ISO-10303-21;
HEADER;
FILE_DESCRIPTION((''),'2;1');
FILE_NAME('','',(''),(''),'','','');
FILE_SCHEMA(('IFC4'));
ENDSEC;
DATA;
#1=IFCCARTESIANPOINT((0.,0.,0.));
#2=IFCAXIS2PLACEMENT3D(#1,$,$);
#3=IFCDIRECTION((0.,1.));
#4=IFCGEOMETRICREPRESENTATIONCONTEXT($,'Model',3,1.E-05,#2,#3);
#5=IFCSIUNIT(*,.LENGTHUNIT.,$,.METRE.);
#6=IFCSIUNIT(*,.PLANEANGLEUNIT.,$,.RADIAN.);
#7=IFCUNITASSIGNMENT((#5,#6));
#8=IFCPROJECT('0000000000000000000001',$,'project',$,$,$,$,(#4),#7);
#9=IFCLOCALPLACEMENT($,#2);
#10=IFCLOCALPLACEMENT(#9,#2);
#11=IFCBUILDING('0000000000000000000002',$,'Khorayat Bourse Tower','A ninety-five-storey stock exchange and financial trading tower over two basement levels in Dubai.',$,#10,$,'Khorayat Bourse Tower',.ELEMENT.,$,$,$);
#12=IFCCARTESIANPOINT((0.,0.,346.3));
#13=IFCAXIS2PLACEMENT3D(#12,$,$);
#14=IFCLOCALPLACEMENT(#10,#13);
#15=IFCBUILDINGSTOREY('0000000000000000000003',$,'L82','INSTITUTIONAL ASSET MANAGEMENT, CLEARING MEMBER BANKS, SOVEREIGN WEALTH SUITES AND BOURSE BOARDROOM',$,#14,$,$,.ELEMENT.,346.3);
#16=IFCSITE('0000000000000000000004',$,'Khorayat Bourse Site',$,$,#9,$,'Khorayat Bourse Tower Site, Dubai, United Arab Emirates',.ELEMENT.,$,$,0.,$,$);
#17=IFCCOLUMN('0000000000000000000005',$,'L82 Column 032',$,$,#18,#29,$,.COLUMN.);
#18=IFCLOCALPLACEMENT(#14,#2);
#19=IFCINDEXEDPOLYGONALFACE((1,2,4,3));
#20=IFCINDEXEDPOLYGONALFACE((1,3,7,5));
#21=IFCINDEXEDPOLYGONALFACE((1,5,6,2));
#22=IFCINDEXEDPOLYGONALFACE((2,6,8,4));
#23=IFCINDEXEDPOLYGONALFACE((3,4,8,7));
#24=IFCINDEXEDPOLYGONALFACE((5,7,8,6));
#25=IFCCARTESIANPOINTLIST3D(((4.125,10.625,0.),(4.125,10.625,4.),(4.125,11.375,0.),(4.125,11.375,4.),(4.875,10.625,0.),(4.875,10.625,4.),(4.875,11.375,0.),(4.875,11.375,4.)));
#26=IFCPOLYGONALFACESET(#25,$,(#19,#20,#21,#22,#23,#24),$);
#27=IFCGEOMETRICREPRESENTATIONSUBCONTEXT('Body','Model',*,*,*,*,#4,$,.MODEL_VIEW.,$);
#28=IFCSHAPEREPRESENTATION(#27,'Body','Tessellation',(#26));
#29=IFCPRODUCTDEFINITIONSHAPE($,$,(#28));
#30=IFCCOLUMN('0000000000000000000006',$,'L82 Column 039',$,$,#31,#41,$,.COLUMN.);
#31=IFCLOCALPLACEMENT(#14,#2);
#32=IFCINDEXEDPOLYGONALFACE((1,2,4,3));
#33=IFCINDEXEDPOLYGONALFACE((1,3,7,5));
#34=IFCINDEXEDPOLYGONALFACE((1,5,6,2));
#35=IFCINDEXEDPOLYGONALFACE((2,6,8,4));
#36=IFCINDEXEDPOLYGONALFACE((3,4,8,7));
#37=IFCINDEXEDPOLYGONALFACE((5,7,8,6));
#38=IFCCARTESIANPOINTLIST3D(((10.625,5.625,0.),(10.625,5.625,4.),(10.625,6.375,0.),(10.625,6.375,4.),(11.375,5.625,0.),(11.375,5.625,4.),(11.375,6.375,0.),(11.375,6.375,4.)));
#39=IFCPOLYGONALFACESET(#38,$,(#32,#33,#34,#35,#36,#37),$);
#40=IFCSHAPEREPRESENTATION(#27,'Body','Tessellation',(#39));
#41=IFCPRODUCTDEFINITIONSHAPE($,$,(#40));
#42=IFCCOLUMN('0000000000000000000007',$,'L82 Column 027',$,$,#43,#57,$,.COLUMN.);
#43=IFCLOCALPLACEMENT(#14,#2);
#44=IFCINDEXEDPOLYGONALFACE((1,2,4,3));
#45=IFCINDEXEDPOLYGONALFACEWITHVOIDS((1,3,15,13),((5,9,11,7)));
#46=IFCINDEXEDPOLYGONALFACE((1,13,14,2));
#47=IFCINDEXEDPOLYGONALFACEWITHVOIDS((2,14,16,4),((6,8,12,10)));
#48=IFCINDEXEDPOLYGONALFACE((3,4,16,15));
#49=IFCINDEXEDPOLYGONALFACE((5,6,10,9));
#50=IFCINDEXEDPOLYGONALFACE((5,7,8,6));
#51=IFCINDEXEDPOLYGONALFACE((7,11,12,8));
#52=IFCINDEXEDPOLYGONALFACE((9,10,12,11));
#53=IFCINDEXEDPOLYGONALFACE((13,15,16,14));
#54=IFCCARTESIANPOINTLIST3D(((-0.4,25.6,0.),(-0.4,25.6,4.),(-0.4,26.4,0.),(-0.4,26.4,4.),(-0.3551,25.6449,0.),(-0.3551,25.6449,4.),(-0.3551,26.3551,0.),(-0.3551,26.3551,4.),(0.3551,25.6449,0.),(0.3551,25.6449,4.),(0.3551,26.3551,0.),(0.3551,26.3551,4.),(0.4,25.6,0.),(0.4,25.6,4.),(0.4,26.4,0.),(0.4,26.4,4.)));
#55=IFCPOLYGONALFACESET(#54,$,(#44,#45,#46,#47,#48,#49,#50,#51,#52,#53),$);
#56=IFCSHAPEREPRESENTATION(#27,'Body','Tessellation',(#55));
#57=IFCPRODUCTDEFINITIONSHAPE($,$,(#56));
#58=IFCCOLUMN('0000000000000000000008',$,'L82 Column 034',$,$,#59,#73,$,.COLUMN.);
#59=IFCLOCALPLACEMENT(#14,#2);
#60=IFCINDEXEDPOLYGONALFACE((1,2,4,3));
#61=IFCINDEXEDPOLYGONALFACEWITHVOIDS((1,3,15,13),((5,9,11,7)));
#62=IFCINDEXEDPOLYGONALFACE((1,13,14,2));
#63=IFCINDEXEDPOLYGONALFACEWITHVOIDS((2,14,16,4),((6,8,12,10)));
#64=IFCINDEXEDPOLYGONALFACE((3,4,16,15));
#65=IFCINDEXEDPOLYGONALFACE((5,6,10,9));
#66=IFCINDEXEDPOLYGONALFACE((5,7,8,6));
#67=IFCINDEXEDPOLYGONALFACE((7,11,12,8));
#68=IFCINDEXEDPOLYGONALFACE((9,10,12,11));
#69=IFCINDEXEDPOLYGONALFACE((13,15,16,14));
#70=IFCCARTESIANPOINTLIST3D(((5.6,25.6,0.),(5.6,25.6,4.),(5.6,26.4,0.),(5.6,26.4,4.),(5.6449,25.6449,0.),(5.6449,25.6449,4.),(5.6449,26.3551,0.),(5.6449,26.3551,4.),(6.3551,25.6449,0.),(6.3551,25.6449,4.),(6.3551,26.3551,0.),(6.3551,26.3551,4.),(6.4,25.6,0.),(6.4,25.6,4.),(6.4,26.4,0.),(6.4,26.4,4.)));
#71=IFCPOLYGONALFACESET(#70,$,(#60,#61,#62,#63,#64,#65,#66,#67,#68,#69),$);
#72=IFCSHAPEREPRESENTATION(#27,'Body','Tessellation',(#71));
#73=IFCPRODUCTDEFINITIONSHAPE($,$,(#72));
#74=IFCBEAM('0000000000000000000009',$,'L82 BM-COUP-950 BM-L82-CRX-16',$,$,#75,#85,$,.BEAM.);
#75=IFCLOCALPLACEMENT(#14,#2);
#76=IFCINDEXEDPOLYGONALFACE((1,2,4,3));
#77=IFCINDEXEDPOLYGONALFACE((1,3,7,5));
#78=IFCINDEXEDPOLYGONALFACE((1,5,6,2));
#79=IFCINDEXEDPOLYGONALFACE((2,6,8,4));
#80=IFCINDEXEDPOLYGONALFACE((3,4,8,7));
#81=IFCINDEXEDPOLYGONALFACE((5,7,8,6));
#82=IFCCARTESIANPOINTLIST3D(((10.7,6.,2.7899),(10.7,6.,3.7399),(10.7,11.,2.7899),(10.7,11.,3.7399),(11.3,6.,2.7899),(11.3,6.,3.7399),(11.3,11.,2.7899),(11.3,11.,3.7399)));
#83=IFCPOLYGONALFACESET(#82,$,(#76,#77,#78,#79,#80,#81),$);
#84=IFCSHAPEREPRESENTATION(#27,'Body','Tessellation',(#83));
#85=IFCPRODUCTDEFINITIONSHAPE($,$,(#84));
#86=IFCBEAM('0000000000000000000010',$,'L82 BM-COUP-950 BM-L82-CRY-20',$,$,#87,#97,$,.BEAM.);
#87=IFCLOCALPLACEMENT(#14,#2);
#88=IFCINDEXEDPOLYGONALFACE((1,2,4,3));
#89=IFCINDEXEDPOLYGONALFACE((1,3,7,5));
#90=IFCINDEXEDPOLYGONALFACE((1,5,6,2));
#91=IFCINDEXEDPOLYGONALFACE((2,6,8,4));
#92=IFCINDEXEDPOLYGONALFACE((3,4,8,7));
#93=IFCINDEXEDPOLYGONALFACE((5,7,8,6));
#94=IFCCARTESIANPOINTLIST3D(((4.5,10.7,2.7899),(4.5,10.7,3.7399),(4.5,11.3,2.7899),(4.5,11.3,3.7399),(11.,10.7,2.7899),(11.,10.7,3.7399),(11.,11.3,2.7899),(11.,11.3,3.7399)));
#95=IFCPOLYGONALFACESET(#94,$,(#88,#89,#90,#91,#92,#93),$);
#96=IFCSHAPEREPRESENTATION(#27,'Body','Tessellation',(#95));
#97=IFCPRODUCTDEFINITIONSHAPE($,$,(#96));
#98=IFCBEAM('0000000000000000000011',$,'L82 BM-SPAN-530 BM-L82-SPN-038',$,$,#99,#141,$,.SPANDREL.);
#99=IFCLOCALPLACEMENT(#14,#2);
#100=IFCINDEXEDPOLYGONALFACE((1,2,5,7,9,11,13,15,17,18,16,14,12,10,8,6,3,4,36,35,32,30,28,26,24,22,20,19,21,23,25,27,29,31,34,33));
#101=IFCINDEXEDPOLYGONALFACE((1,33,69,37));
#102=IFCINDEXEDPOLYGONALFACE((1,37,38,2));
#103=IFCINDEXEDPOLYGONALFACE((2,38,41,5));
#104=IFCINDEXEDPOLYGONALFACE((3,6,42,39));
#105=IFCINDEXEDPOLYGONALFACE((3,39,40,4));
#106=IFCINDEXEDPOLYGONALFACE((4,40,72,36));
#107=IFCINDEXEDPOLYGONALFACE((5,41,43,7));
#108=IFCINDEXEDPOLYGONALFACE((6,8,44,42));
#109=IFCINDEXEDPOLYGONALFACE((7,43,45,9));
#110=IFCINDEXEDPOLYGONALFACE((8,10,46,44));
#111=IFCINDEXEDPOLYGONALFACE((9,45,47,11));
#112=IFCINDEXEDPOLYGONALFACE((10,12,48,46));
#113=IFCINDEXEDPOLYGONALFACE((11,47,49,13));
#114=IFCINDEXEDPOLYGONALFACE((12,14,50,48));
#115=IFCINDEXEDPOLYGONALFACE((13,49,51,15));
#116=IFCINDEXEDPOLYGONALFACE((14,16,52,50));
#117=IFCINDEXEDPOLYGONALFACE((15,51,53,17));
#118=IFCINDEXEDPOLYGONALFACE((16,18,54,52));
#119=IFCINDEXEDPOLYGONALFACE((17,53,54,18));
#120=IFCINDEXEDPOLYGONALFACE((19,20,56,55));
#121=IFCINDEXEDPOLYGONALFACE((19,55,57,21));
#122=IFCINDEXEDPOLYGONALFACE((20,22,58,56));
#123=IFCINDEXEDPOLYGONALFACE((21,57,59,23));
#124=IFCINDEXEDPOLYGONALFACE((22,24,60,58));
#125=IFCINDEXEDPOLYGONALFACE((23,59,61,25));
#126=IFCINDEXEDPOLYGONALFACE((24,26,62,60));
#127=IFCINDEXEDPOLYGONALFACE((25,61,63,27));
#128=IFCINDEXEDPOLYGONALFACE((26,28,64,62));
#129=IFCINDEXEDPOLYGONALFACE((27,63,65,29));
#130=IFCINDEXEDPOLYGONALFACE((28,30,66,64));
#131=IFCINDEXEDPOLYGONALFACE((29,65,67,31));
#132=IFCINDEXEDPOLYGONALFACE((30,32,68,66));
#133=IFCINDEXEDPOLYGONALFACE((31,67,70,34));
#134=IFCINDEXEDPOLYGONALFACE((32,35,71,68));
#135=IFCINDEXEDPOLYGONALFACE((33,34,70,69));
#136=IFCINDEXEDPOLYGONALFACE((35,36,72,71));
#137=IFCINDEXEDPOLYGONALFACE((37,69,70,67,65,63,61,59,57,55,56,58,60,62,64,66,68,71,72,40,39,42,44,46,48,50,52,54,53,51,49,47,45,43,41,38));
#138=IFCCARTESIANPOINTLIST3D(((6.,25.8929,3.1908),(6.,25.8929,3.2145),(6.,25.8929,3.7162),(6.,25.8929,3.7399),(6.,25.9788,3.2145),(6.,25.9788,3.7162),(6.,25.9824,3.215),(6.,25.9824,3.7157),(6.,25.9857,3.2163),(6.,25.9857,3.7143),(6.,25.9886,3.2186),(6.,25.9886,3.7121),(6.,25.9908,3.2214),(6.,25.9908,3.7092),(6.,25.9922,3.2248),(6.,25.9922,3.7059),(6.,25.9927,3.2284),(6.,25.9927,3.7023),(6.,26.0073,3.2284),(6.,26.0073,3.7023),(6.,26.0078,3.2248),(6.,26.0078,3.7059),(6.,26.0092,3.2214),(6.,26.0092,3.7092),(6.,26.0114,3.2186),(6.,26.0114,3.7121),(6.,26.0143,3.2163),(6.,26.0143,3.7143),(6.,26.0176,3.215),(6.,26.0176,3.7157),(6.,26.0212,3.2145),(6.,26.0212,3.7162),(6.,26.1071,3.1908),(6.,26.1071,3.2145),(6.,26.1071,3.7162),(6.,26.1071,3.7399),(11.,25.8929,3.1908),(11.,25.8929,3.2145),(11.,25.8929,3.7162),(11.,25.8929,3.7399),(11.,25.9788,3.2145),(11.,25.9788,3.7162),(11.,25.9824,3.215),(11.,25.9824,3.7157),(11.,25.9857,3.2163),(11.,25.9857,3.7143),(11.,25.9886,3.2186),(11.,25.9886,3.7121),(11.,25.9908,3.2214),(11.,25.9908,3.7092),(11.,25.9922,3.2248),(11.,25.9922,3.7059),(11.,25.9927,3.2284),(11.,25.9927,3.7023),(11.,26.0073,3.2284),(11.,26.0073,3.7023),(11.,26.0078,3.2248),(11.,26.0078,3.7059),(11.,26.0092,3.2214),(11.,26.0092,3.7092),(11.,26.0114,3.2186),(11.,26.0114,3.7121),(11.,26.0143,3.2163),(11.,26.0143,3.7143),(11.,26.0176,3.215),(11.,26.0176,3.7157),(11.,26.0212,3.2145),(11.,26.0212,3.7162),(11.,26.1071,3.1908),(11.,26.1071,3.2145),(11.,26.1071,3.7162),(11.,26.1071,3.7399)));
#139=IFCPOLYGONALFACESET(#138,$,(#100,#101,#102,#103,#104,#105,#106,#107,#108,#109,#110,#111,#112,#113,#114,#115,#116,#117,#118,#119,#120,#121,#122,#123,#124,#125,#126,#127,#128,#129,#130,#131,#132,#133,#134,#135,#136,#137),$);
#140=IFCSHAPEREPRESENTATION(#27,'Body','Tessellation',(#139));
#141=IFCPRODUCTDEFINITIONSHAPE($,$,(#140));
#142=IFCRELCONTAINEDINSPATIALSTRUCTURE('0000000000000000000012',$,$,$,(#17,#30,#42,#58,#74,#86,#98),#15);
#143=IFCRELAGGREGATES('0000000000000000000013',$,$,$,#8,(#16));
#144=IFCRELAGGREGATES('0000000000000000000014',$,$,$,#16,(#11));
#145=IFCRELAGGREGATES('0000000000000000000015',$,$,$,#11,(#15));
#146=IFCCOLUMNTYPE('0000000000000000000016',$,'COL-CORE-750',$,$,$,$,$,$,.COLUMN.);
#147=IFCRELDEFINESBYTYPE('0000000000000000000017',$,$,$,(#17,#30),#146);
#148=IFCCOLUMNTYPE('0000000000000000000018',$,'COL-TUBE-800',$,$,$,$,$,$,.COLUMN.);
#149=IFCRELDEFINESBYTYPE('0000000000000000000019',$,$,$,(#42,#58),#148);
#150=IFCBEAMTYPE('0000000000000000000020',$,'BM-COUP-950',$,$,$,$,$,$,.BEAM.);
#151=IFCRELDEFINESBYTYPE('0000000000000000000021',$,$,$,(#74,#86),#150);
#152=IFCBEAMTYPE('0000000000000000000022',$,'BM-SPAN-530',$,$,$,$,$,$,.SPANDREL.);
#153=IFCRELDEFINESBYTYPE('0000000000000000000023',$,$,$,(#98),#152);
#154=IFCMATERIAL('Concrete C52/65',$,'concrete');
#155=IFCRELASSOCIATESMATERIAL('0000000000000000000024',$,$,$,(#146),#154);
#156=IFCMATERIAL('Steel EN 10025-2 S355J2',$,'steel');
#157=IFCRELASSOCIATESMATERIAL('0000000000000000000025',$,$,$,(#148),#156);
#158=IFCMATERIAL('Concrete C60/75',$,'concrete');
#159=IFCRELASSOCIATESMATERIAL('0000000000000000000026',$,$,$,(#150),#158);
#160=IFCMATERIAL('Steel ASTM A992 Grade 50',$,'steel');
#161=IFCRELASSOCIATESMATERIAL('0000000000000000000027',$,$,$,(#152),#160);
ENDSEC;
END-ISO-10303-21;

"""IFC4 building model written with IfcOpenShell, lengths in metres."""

from ifc_helpers import new_model, si_unit, direction, frame, origin, origin_2d, place, context, subcontext, project, spatial, rectangle, hollow_rectangle, i_section, extrude, source, transform, mapped, material, material_profile, profile_set, type_object, element, save


model = new_model("IFC4")

# Units and contexts
model_context = context("Model", 3, precision=1e-05, world=origin(), true_north=direction((0.0, 1.0)))
body_context = subcontext(model_context, "Body", "Model", "MODEL_VIEW")
ifc_project = project(units=[si_unit("LENGTHUNIT", "METRE"), si_unit("PLANEANGLEUNIT", "RADIAN")], contexts=[model_context])

# Site, building, storey
site_placement = place(None, origin())
site = spatial("IfcSite", under=ifc_project, at=site_placement, Name="Khorayat Bourse Site", LongName="Khorayat Bourse Tower Site, Dubai, United Arab Emirates", CompositionType="ELEMENT", RefElevation=0.0)
building_placement = place(site_placement, origin())
building = spatial("IfcBuilding", under=site, at=building_placement, Name="Khorayat Bourse Tower", Description="A ninety-five-storey stock exchange and financial trading tower over two basement levels in Dubai.", LongName="Khorayat Bourse Tower", CompositionType="ELEMENT")
storey_placement = place(building_placement, frame((0.0, 0.0, 346.3)))
storey = spatial("IfcBuildingStorey", under=building, at=storey_placement, Name="L82", Description="INSTITUTIONAL ASSET MANAGEMENT, CLEARING MEMBER BANKS, SOVEREIGN WEALTH SUITES AND BOURSE BOARDROOM", CompositionType="ELEMENT", Elevation=346.3)

# Columns
ifc_material_1 = material(Name="Concrete C52/65", Category="concrete")
ifc_material_profile_1 = material_profile(ifc_material_1, rectangle(XDim=0.75, YDim=0.75, at=origin_2d()), Name="RC 750x750")
ifc_profile_set_1 = profile_set([ifc_material_profile_1], Name="Concrete C52/65")
column_type_1 = type_object("IfcColumnType", Name="COL-CORE-750", PredefinedType="COLUMN", material=ifc_profile_set_1)
shared_shape_1 = source(origin(), body_context, "Body", "SweptSolid", [
    extrude(rectangle(XDim=0.75, YDim=0.75, at=origin_2d()), origin(), (0.0, 0.0, 1.0), 4.0),
])
for number, where, z_axis, x_axis, name in (
    (1, (4.5, 11.0, 0.0), (0.0, 0.0, 1.0), (1.0, 0.0, 0.0), "L82 Column 032"),
    (2, (11.0, 6.0, 0.0), (0.0, 0.0, 1.0), (1.0, 0.0, 0.0), "L82 Column 039"),
):
    element("IfcColumn", number, at=place(storey_placement, frame(where, z_axis=z_axis, x_axis=x_axis)), inside=storey, type_object=column_type_1, Name=name, PredefinedType="COLUMN", context=body_context, shape_type="MappedRepresentation", body=[
        mapped(shared_shape_1, transform((0.0, 0.0, 0.0), scale=1.0)),
    ])
ifc_material_2 = material(Name="Steel EN 10025-2 S355J2", Category="steel")
ifc_material_profile_2 = material_profile(ifc_material_2, hollow_rectangle(XDim=0.8, YDim=0.8, WallThickness=0.0449, at=origin_2d()), Name="BOX 800x800x45")
ifc_profile_set_2 = profile_set([ifc_material_profile_2], Name="Steel EN 10025-2 S355J2")
column_type_2 = type_object("IfcColumnType", Name="COL-TUBE-800", PredefinedType="COLUMN", material=ifc_profile_set_2)
shared_shape_2 = source(origin(), body_context, "Body", "SweptSolid", [
    extrude(hollow_rectangle(XDim=0.8, YDim=0.8, WallThickness=0.0449, at=origin_2d()), origin(), (0.0, 0.0, 1.0), 4.0),
])
for number, where, z_axis, x_axis, name in (
    (3, (0.0, 26.0, 0.0), (0.0, 0.0, 1.0), (1.0, 0.0, 0.0), "L82 Column 027"),
    (4, (6.0, 26.0, 0.0), (0.0, 0.0, 1.0), (1.0, 0.0, 0.0), "L82 Column 034"),
):
    element("IfcColumn", number, at=place(storey_placement, frame(where, z_axis=z_axis, x_axis=x_axis)), inside=storey, type_object=column_type_2, Name=name, PredefinedType="COLUMN", context=body_context, shape_type="MappedRepresentation", body=[
        mapped(shared_shape_2, transform((0.0, 0.0, 0.0), scale=1.0)),
    ])

# Beams
ifc_material_3 = material(Name="Concrete C60/75", Category="concrete")
ifc_material_profile_3 = material_profile(ifc_material_3, rectangle(XDim=0.6001, YDim=0.95, at=origin_2d()), Name="RC 600x950")
ifc_profile_set_3 = profile_set([ifc_material_profile_3], Name="Concrete C60/75")
beam_type_1 = type_object("IfcBeamType", Name="BM-COUP-950", PredefinedType="BEAM", material=ifc_profile_set_3)
shared_shape_3 = source(origin(), body_context, "Body", "SweptSolid", [
    extrude(rectangle(XDim=0.6001, YDim=0.95, at=origin_2d()), origin(), (0.0, 0.0, 1.0), 5.0),
])
beam_1_placement = place(storey_placement, frame((11.0, 6.0, 3.2649), z_axis=(0.0, 1.0, 0.0), x_axis=(-1.0, 0.0, 0.0)))
element("IfcBeam", 5, at=beam_1_placement, inside=storey, type_object=beam_type_1, Name="L82 BM-COUP-950 BM-L82-CRX-16", PredefinedType="BEAM", context=body_context, shape_type="MappedRepresentation", body=[
    mapped(shared_shape_3, transform((0.0, 0.0, 0.0), scale=1.0)),
])
shared_shape_4 = source(origin(), body_context, "Body", "SweptSolid", [
    extrude(rectangle(XDim=0.6001, YDim=0.95, at=origin_2d()), origin(), (0.0, 0.0, 1.0), 6.5),
])
beam_2_placement = place(storey_placement, frame((4.5, 11.0, 3.2649), z_axis=(1.0, 0.0, 0.0), x_axis=(0.0, 1.0, 0.0)))
element("IfcBeam", 6, at=beam_2_placement, inside=storey, type_object=beam_type_1, Name="L82 BM-COUP-950 BM-L82-CRY-20", PredefinedType="BEAM", context=body_context, shape_type="MappedRepresentation", body=[
    mapped(shared_shape_4, transform((0.0, 0.0, 0.0), scale=1.0)),
])
ifc_material_4 = material(Name="Steel ASTM A992 Grade 50", Category="steel")
ifc_material_profile_4 = material_profile(ifc_material_4, i_section(OverallWidth=0.2141, OverallDepth=0.5491, WebThickness=0.0146, FlangeThickness=0.0237, FilletRadius=0.0139, at=origin_2d()), Name="W530X138")
ifc_profile_set_4 = profile_set([ifc_material_profile_4], Name="Steel ASTM A992 Grade 50")
beam_type_2 = type_object("IfcBeamType", Name="BM-SPAN-530", PredefinedType="SPANDREL", material=ifc_profile_set_4)
shared_shape_5 = source(origin(), body_context, "Body", "SweptSolid", [
    extrude(i_section(OverallWidth=0.2141, OverallDepth=0.5491, WebThickness=0.0146, FlangeThickness=0.0237, FilletRadius=0.0139, at=origin_2d()), origin(), (0.0, 0.0, 1.0), 5.0),
])
beam_3_placement = place(storey_placement, frame((6.0, 26.0, 3.4653), z_axis=(1.0, 0.0, 0.0), x_axis=(0.0, 1.0, 0.0)))
element("IfcBeam", 7, at=beam_3_placement, inside=storey, type_object=beam_type_2, Name="L82 BM-SPAN-530 BM-L82-SPN-038", PredefinedType="SPANDREL", context=body_context, shape_type="MappedRepresentation", body=[
    mapped(shared_shape_5, transform((0.0, 0.0, 0.0), scale=1.0)),
])

save(model, "model.ifc")
